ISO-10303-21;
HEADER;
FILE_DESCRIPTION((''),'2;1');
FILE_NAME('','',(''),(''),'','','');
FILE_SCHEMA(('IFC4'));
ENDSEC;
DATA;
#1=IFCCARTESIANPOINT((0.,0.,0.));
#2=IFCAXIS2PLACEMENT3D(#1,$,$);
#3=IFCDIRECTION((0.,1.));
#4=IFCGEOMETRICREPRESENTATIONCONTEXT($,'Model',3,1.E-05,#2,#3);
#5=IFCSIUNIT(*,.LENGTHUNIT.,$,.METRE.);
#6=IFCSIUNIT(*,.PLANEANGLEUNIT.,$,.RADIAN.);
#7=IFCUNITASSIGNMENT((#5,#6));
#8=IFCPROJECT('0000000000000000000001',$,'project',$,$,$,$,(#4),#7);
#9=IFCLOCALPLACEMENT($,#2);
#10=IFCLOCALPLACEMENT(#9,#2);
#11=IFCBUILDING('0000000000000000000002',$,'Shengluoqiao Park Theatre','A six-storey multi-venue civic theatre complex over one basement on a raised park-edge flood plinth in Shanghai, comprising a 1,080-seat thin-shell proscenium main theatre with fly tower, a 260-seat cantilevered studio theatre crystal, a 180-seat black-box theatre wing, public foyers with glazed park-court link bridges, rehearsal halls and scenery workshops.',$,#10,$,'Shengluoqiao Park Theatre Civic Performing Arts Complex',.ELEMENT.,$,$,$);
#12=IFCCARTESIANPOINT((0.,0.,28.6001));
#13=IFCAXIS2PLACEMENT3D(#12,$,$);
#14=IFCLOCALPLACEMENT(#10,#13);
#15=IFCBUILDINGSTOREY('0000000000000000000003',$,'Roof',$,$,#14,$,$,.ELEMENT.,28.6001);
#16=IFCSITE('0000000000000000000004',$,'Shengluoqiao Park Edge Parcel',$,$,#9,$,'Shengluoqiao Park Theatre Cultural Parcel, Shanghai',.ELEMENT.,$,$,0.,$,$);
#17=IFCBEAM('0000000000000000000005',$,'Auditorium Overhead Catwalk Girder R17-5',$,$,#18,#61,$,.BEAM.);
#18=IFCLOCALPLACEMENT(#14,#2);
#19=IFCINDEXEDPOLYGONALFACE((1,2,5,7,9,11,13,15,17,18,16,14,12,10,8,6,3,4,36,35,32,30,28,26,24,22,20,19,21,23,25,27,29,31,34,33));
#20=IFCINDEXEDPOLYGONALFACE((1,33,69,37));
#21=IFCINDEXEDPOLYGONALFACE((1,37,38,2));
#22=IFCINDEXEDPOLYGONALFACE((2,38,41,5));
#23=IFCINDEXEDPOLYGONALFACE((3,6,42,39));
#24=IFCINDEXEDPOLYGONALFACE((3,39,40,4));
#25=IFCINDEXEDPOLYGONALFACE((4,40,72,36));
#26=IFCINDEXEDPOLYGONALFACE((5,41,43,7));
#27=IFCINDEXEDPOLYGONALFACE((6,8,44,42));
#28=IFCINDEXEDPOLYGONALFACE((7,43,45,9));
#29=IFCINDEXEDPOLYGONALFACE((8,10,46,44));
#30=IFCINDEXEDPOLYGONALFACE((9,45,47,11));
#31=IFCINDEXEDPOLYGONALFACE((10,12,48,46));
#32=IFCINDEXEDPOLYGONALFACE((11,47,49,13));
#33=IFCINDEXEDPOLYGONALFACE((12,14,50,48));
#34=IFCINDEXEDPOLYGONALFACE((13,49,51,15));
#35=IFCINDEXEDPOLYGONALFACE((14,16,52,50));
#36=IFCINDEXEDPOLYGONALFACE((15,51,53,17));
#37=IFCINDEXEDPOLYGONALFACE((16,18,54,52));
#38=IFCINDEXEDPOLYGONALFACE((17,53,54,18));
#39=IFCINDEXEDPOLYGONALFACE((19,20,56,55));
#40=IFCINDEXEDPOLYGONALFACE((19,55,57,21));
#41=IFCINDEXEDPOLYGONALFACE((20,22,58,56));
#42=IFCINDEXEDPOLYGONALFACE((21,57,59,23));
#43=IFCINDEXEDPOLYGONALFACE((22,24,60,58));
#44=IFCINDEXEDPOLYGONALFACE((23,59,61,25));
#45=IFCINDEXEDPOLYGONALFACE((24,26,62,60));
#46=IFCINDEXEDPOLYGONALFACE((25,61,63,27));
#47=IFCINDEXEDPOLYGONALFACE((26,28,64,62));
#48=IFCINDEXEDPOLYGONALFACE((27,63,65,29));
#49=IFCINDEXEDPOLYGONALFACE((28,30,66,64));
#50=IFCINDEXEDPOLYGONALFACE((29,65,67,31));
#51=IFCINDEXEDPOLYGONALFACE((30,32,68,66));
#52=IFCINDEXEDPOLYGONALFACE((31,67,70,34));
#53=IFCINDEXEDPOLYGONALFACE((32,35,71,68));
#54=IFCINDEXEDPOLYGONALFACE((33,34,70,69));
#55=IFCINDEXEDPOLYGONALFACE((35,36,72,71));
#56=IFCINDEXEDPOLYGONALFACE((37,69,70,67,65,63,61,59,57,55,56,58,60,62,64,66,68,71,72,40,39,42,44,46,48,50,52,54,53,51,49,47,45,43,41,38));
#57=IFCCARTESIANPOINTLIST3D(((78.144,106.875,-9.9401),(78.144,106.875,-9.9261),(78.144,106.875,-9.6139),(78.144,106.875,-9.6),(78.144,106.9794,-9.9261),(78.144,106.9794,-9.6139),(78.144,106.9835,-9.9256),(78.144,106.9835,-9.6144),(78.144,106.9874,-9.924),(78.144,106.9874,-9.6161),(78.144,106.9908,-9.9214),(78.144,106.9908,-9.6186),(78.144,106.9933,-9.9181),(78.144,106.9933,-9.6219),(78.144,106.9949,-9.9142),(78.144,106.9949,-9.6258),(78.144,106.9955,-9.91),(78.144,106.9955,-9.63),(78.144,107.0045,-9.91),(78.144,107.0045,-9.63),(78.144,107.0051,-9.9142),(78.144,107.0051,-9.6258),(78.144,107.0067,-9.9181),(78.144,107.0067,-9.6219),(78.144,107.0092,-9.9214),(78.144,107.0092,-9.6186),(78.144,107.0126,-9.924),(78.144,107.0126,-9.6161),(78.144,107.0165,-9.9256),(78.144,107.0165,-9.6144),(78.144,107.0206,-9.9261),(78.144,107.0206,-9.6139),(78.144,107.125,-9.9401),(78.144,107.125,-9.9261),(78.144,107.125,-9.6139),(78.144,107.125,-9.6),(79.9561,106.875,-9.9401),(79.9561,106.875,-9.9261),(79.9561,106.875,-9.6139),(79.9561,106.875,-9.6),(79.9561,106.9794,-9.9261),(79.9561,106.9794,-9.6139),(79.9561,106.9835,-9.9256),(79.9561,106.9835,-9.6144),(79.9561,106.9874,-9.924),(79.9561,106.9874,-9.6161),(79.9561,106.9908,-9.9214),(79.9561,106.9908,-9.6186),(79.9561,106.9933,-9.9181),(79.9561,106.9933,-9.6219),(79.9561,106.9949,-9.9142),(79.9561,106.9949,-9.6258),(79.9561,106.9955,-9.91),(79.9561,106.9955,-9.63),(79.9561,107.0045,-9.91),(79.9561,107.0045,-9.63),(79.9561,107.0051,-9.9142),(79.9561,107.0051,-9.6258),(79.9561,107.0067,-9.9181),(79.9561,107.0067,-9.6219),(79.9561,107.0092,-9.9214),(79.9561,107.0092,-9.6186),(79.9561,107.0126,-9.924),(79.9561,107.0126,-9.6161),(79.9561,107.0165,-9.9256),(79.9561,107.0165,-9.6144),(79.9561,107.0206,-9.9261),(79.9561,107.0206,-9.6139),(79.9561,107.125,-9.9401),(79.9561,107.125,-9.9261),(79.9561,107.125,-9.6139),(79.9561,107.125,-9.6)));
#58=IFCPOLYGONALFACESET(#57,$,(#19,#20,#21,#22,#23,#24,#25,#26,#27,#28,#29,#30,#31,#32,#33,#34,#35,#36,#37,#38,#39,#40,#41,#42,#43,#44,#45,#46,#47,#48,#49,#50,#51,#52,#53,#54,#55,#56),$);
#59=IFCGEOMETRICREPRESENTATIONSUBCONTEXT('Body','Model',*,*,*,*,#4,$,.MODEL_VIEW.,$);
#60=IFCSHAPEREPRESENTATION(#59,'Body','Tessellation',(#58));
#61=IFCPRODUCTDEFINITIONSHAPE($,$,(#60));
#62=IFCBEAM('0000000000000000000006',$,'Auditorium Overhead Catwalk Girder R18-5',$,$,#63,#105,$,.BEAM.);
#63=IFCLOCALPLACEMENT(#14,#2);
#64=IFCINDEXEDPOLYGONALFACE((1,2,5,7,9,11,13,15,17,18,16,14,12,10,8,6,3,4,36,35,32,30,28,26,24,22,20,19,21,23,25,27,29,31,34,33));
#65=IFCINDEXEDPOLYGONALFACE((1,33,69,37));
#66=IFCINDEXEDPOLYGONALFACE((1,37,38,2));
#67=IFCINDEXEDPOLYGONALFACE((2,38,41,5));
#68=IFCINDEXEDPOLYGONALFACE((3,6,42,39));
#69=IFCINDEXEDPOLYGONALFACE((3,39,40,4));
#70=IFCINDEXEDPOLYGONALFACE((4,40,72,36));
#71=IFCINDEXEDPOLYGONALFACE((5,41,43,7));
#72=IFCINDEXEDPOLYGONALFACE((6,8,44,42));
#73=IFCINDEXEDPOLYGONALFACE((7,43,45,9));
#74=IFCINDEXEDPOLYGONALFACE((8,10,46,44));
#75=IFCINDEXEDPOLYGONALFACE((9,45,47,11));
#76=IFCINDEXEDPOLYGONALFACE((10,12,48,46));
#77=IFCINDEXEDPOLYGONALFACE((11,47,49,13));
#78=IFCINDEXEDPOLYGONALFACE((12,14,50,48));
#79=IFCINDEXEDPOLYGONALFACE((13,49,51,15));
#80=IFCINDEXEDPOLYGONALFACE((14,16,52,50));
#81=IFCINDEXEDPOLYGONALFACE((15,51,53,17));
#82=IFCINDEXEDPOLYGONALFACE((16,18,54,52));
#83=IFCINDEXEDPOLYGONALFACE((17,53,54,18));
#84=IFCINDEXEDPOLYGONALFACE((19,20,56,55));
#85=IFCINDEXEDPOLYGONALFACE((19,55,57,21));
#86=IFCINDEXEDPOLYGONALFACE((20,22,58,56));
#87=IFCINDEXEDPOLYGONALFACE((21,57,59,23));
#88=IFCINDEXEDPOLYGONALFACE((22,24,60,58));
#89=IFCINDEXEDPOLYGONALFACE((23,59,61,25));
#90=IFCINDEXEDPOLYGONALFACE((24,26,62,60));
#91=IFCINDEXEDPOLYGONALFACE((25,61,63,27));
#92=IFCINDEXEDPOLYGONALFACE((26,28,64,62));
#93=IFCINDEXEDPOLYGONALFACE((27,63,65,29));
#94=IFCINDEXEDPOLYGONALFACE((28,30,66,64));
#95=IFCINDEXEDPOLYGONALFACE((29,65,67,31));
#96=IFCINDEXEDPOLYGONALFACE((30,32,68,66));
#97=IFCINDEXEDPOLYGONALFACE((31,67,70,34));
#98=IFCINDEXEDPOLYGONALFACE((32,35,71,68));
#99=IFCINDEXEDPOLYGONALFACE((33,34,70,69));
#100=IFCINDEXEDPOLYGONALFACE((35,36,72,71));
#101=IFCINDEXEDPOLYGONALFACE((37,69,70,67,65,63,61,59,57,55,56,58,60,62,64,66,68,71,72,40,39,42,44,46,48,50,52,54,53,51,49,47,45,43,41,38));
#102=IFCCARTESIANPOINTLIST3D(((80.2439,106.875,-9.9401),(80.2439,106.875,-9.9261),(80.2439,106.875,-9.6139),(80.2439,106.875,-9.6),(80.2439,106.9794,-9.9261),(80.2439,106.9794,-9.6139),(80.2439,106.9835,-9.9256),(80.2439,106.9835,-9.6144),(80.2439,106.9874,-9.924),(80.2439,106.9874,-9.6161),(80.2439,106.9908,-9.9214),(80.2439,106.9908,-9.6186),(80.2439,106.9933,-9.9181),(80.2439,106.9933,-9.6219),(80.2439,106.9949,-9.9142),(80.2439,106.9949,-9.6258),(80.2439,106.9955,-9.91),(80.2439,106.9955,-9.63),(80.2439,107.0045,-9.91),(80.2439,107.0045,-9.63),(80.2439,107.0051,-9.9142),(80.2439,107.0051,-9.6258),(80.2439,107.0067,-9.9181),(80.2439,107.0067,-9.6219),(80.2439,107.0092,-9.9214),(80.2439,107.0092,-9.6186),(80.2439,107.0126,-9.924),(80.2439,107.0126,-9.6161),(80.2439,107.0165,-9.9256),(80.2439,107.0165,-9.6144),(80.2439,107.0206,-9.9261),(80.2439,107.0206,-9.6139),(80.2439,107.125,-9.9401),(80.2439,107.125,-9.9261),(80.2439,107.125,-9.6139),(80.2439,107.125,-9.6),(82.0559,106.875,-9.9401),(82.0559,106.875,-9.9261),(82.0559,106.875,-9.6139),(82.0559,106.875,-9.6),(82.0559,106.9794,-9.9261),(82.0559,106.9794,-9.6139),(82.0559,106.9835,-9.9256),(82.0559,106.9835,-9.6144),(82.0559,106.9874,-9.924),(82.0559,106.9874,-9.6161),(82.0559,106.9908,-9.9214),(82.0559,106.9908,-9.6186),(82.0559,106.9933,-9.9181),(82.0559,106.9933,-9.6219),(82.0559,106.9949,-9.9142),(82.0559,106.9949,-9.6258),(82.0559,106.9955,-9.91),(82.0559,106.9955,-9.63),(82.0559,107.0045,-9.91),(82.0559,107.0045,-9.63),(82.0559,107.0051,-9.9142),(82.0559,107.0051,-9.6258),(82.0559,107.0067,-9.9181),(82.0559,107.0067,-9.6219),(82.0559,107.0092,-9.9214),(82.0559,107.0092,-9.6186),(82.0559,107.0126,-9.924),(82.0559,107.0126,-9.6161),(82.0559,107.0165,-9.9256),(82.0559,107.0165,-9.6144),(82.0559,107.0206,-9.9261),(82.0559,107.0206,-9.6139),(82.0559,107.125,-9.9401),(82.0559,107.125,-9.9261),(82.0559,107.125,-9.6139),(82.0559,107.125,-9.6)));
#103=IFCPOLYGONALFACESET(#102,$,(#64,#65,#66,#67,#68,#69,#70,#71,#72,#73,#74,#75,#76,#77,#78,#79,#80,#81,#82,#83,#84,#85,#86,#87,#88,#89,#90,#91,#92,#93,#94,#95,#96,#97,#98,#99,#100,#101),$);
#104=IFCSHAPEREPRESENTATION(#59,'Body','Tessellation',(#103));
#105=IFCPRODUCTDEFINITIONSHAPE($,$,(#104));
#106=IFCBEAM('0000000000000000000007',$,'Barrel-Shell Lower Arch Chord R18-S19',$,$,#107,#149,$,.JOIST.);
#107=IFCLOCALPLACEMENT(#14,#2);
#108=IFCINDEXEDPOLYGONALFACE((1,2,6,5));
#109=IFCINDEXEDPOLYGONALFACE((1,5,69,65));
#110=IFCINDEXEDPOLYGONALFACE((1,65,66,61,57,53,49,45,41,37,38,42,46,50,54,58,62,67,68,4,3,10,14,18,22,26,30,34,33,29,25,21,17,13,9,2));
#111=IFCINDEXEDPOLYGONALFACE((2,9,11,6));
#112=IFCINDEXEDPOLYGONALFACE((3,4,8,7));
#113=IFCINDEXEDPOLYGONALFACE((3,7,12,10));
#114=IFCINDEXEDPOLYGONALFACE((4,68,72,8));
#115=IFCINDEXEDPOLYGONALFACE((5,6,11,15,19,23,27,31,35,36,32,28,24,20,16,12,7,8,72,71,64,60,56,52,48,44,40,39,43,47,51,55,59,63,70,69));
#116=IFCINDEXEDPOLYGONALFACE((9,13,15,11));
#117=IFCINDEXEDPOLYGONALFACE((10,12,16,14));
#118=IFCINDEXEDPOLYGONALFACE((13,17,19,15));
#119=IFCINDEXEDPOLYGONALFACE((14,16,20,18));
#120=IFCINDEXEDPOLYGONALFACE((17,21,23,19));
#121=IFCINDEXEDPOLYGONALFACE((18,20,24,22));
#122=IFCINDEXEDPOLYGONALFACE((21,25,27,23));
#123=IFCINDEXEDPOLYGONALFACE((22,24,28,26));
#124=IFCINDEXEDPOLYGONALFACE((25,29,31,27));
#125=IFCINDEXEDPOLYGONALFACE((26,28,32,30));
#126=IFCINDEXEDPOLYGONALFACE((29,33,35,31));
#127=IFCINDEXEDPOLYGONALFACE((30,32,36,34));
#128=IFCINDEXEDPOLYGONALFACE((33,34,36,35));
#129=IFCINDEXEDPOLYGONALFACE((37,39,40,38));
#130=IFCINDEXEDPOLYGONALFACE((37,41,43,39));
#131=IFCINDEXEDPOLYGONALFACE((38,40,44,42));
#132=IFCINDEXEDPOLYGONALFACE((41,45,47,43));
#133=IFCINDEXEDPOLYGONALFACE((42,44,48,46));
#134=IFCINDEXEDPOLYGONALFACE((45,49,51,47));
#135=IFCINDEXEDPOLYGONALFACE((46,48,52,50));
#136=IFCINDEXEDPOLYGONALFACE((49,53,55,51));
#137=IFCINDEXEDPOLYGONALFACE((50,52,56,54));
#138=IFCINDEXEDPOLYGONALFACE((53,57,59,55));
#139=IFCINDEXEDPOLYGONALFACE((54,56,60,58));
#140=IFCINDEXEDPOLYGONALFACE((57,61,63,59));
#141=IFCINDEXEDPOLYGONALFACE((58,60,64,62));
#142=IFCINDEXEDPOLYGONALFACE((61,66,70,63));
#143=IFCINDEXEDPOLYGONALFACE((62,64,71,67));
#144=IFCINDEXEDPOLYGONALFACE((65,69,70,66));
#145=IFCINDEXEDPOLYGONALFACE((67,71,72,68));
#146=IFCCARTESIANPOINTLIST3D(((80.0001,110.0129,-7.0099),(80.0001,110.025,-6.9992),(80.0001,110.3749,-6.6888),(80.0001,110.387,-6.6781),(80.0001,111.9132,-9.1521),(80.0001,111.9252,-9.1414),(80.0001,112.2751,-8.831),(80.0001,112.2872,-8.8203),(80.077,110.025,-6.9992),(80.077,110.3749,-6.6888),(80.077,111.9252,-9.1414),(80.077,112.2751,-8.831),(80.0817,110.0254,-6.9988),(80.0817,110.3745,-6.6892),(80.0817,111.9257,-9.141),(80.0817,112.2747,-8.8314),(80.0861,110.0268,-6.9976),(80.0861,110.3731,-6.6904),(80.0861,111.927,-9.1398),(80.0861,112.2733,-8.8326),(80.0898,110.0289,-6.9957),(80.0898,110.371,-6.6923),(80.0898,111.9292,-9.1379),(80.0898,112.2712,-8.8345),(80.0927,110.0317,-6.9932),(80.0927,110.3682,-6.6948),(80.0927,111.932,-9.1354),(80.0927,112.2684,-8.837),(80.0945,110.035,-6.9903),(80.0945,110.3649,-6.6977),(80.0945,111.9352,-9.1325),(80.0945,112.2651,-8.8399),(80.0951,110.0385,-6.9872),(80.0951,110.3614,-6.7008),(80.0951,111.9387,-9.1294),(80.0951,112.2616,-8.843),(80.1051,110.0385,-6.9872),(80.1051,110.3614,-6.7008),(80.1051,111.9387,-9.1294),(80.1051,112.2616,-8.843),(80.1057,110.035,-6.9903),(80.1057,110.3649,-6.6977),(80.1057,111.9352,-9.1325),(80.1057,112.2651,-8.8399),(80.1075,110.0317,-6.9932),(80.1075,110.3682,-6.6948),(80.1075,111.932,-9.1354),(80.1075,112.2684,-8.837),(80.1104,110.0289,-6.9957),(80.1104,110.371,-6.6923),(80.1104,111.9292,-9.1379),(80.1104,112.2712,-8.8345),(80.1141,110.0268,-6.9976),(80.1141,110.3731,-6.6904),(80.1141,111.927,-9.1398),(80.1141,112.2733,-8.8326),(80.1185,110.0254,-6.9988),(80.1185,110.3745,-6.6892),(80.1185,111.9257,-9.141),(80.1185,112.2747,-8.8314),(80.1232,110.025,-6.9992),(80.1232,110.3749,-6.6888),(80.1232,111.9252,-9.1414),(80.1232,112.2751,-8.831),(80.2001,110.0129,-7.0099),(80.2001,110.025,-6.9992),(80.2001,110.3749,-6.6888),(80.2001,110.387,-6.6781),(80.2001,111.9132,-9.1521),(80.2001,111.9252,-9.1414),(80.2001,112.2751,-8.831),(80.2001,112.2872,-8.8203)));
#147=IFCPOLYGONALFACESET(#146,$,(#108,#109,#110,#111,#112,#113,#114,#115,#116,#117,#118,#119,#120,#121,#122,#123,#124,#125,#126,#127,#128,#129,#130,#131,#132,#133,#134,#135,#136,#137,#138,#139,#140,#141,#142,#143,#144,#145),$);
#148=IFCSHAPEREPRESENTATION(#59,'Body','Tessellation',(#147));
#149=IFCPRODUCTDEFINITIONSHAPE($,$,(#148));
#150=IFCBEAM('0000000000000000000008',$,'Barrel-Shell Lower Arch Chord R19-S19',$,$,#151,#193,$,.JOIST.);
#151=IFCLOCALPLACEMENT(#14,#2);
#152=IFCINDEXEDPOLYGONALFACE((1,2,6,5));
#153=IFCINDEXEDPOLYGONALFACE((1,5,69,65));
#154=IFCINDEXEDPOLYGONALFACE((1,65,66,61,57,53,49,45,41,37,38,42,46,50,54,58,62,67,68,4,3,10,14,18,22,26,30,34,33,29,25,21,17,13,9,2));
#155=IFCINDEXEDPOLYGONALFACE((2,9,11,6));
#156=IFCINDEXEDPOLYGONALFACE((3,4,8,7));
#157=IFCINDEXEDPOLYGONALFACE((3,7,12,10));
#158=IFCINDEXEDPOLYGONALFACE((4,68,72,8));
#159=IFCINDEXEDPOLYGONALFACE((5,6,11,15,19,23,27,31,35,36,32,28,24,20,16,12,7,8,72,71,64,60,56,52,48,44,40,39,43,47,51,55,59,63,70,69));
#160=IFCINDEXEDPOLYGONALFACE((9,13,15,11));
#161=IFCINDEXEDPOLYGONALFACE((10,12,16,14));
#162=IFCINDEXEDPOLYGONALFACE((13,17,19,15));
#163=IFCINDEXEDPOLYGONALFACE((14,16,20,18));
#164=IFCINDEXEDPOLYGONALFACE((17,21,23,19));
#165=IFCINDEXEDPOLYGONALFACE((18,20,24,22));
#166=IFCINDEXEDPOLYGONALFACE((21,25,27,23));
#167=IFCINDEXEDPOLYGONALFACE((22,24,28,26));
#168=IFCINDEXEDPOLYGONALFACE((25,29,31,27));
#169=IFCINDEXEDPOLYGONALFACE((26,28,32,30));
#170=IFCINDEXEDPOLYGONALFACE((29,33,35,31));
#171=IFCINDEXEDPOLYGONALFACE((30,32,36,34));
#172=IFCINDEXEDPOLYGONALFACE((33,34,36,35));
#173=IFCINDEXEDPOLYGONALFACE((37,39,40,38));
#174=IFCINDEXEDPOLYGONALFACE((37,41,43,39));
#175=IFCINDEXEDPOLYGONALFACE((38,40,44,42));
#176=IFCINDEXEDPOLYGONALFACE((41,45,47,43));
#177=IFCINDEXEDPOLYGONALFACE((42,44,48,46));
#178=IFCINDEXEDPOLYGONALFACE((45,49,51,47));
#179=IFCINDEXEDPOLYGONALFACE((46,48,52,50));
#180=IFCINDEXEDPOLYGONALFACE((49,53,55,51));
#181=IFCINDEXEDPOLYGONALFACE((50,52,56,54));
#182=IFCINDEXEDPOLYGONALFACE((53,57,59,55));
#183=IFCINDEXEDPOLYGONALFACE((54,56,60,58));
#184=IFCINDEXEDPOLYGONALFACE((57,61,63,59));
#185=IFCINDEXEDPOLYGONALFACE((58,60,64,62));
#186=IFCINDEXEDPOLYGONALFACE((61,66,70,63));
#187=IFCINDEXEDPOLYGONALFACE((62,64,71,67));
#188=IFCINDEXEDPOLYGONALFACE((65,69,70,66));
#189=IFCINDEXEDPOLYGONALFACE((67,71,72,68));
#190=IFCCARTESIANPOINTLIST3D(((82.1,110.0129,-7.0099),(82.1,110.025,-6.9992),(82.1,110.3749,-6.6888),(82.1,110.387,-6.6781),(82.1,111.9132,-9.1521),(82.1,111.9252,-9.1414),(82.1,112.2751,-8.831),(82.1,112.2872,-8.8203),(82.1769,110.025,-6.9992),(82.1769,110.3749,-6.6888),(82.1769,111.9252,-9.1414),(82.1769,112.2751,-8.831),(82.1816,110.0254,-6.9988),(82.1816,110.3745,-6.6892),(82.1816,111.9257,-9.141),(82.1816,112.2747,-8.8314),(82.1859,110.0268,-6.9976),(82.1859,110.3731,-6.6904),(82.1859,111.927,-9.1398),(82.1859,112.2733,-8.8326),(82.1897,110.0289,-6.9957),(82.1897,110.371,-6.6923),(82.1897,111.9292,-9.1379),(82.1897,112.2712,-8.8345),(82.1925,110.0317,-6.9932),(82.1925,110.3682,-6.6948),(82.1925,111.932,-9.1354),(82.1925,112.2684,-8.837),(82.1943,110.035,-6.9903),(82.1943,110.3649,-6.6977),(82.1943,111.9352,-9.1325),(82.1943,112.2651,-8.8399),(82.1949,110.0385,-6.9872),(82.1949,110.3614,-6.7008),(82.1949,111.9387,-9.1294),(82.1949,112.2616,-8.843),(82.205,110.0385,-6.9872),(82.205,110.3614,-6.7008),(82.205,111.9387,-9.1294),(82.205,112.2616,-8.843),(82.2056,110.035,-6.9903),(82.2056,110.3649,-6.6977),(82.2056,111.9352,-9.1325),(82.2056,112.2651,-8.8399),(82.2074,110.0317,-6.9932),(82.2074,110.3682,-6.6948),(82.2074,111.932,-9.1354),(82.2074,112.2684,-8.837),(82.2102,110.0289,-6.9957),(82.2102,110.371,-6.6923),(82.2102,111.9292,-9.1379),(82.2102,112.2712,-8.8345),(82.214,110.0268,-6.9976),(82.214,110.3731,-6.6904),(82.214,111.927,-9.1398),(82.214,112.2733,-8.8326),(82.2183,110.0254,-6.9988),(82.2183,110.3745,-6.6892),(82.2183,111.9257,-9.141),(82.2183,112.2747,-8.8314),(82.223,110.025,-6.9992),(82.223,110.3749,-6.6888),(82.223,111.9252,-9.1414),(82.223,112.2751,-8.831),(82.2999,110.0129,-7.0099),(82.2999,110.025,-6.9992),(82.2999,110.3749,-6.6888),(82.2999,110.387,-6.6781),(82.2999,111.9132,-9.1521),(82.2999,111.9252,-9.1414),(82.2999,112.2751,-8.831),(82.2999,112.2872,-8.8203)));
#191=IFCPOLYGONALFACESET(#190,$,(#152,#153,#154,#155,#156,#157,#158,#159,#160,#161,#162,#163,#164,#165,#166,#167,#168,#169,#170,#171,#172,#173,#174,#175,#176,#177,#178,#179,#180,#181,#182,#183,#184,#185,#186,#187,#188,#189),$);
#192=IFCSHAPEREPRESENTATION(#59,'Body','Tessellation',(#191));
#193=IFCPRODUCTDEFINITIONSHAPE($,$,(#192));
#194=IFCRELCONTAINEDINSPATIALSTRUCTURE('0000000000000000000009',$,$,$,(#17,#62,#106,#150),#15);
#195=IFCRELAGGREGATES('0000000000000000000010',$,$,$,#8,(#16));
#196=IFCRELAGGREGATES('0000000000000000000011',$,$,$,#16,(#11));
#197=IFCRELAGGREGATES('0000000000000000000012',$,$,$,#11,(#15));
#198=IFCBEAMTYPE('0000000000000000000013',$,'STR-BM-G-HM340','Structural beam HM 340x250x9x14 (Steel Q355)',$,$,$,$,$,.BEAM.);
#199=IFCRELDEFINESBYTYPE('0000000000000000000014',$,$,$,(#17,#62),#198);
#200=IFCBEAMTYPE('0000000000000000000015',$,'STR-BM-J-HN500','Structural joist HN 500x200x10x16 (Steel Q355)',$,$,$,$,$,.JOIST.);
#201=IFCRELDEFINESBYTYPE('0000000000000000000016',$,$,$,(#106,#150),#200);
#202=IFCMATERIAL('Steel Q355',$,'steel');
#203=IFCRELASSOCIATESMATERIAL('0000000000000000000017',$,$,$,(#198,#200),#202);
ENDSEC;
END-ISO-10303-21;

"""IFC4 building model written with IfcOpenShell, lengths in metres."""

from ifc_helpers import new_model, si_unit, direction, frame, origin, origin_2d, place, context, subcontext, project, spatial, i_section, extrude, material, material_profile, profile_set, type_object, element, save


model = new_model("IFC4")

# Units and contexts
model_context = context("Model", 3, precision=1e-05, world=origin(), true_north=direction((0.0, 1.0)))
body_context = subcontext(model_context, "Body", "Model", "MODEL_VIEW")
ifc_project = project(units=[si_unit("LENGTHUNIT", "METRE"), si_unit("PLANEANGLEUNIT", "RADIAN")], contexts=[model_context])

# Site, building, storey
site_placement = place(None, origin())
site = spatial("IfcSite", under=ifc_project, at=site_placement, Name="Shengluoqiao Park Edge Parcel", LongName="Shengluoqiao Park Theatre Cultural Parcel, Shanghai", CompositionType="ELEMENT", RefElevation=0.0)
building_placement = place(site_placement, origin())
building = spatial("IfcBuilding", under=site, at=building_placement, Name="Shengluoqiao Park Theatre", Description="A six-storey multi-venue civic theatre complex over one basement on a raised park-edge flood plinth in Shanghai, comprising a 1,080-seat thin-shell proscenium main theatre with fly tower, a 260-seat cantilevered studio theatre crystal, a 180-seat black-box theatre wing, public foyers with glazed park-court link bridges, rehearsal halls and scenery workshops.", LongName="Shengluoqiao Park Theatre Civic Performing Arts Complex", CompositionType="ELEMENT")
storey_placement = place(building_placement, frame((0.0, 0.0, 28.6001)))
storey = spatial("IfcBuildingStorey", under=building, at=storey_placement, Name="Roof", CompositionType="ELEMENT", Elevation=28.6001)

# Beams
ifc_material = material(Name="Steel Q355", Category="steel")
ifc_material_profile_1 = material_profile(ifc_material, i_section(OverallWidth=0.25, OverallDepth=0.3401, WebThickness=0.009, FlangeThickness=0.0139, FilletRadius=0.0161, at=origin_2d()), Name="HM 340x250x9x14")
ifc_profile_set_1 = profile_set([ifc_material_profile_1], Name="Steel Q355")
beam_type_1 = type_object("IfcBeamType", Name="STR-BM-G-HM340", Description="Structural beam HM 340x250x9x14 (Steel Q355)", PredefinedType="BEAM", material=ifc_profile_set_1)
for number, where, z_axis, x_axis, name in (
    (1, (78.144, 107.0, -9.77), (1.0, 0.0, 0.0), (0.0, 1.0, 0.0), "Auditorium Overhead Catwalk Girder R17-5"),
    (2, (80.2439, 107.0, -9.77), (1.0, 0.0, 0.0), (0.0, 1.0, 0.0), "Auditorium Overhead Catwalk Girder R18-5"),
):
    element("IfcBeam", number, at=place(storey_placement, frame(where, z_axis=z_axis, x_axis=x_axis)), inside=storey, type_object=beam_type_1, Name=name, PredefinedType="BEAM", context=body_context, shape_type="SweptSolid", body=[
        extrude(i_section(OverallWidth=0.25, OverallDepth=0.3401, WebThickness=0.009, FlangeThickness=0.0139, FilletRadius=0.0161, at=origin_2d()), origin(), (0.0, 0.0, 1.0), 1.812),
    ])
ifc_material_profile_2 = material_profile(ifc_material, i_section(OverallWidth=0.2, OverallDepth=0.5, WebThickness=0.01, FlangeThickness=0.0161, FilletRadius=0.0181, at=origin_2d()), Name="HN 500x200x10x16")
ifc_profile_set_2 = profile_set([ifc_material_profile_2], Name="Steel Q355")
beam_type_2 = type_object("IfcBeamType", Name="STR-BM-J-HN500", Description="Structural joist HN 500x200x10x16 (Steel Q355)", PredefinedType="JOIST", material=ifc_profile_set_2)
for number, where, z_axis, x_axis, name in (
    (3, (80.1001, 110.2, -6.844), (0.0, 0.663596, -0.748091), (-1.0, 0.0, 0.0), "Barrel-Shell Lower Arch Chord R18-S19"),
    (4, (82.2, 110.2, -6.844), (0.0, 0.663596, -0.748091), (-1.0, 0.0, 0.0), "Barrel-Shell Lower Arch Chord R19-S19"),
):
    element("IfcBeam", number, at=place(storey_placement, frame(where, z_axis=z_axis, x_axis=x_axis)), inside=storey, type_object=beam_type_2, Name=name, PredefinedType="JOIST", context=body_context, shape_type="SweptSolid", body=[
        extrude(i_section(OverallWidth=0.2, OverallDepth=0.5, WebThickness=0.01, FlangeThickness=0.0161, FilletRadius=0.0181, at=origin_2d()), origin(), (0.0, 0.0, 1.0), 2.8635),
    ])

save(model, "model.ifc")
